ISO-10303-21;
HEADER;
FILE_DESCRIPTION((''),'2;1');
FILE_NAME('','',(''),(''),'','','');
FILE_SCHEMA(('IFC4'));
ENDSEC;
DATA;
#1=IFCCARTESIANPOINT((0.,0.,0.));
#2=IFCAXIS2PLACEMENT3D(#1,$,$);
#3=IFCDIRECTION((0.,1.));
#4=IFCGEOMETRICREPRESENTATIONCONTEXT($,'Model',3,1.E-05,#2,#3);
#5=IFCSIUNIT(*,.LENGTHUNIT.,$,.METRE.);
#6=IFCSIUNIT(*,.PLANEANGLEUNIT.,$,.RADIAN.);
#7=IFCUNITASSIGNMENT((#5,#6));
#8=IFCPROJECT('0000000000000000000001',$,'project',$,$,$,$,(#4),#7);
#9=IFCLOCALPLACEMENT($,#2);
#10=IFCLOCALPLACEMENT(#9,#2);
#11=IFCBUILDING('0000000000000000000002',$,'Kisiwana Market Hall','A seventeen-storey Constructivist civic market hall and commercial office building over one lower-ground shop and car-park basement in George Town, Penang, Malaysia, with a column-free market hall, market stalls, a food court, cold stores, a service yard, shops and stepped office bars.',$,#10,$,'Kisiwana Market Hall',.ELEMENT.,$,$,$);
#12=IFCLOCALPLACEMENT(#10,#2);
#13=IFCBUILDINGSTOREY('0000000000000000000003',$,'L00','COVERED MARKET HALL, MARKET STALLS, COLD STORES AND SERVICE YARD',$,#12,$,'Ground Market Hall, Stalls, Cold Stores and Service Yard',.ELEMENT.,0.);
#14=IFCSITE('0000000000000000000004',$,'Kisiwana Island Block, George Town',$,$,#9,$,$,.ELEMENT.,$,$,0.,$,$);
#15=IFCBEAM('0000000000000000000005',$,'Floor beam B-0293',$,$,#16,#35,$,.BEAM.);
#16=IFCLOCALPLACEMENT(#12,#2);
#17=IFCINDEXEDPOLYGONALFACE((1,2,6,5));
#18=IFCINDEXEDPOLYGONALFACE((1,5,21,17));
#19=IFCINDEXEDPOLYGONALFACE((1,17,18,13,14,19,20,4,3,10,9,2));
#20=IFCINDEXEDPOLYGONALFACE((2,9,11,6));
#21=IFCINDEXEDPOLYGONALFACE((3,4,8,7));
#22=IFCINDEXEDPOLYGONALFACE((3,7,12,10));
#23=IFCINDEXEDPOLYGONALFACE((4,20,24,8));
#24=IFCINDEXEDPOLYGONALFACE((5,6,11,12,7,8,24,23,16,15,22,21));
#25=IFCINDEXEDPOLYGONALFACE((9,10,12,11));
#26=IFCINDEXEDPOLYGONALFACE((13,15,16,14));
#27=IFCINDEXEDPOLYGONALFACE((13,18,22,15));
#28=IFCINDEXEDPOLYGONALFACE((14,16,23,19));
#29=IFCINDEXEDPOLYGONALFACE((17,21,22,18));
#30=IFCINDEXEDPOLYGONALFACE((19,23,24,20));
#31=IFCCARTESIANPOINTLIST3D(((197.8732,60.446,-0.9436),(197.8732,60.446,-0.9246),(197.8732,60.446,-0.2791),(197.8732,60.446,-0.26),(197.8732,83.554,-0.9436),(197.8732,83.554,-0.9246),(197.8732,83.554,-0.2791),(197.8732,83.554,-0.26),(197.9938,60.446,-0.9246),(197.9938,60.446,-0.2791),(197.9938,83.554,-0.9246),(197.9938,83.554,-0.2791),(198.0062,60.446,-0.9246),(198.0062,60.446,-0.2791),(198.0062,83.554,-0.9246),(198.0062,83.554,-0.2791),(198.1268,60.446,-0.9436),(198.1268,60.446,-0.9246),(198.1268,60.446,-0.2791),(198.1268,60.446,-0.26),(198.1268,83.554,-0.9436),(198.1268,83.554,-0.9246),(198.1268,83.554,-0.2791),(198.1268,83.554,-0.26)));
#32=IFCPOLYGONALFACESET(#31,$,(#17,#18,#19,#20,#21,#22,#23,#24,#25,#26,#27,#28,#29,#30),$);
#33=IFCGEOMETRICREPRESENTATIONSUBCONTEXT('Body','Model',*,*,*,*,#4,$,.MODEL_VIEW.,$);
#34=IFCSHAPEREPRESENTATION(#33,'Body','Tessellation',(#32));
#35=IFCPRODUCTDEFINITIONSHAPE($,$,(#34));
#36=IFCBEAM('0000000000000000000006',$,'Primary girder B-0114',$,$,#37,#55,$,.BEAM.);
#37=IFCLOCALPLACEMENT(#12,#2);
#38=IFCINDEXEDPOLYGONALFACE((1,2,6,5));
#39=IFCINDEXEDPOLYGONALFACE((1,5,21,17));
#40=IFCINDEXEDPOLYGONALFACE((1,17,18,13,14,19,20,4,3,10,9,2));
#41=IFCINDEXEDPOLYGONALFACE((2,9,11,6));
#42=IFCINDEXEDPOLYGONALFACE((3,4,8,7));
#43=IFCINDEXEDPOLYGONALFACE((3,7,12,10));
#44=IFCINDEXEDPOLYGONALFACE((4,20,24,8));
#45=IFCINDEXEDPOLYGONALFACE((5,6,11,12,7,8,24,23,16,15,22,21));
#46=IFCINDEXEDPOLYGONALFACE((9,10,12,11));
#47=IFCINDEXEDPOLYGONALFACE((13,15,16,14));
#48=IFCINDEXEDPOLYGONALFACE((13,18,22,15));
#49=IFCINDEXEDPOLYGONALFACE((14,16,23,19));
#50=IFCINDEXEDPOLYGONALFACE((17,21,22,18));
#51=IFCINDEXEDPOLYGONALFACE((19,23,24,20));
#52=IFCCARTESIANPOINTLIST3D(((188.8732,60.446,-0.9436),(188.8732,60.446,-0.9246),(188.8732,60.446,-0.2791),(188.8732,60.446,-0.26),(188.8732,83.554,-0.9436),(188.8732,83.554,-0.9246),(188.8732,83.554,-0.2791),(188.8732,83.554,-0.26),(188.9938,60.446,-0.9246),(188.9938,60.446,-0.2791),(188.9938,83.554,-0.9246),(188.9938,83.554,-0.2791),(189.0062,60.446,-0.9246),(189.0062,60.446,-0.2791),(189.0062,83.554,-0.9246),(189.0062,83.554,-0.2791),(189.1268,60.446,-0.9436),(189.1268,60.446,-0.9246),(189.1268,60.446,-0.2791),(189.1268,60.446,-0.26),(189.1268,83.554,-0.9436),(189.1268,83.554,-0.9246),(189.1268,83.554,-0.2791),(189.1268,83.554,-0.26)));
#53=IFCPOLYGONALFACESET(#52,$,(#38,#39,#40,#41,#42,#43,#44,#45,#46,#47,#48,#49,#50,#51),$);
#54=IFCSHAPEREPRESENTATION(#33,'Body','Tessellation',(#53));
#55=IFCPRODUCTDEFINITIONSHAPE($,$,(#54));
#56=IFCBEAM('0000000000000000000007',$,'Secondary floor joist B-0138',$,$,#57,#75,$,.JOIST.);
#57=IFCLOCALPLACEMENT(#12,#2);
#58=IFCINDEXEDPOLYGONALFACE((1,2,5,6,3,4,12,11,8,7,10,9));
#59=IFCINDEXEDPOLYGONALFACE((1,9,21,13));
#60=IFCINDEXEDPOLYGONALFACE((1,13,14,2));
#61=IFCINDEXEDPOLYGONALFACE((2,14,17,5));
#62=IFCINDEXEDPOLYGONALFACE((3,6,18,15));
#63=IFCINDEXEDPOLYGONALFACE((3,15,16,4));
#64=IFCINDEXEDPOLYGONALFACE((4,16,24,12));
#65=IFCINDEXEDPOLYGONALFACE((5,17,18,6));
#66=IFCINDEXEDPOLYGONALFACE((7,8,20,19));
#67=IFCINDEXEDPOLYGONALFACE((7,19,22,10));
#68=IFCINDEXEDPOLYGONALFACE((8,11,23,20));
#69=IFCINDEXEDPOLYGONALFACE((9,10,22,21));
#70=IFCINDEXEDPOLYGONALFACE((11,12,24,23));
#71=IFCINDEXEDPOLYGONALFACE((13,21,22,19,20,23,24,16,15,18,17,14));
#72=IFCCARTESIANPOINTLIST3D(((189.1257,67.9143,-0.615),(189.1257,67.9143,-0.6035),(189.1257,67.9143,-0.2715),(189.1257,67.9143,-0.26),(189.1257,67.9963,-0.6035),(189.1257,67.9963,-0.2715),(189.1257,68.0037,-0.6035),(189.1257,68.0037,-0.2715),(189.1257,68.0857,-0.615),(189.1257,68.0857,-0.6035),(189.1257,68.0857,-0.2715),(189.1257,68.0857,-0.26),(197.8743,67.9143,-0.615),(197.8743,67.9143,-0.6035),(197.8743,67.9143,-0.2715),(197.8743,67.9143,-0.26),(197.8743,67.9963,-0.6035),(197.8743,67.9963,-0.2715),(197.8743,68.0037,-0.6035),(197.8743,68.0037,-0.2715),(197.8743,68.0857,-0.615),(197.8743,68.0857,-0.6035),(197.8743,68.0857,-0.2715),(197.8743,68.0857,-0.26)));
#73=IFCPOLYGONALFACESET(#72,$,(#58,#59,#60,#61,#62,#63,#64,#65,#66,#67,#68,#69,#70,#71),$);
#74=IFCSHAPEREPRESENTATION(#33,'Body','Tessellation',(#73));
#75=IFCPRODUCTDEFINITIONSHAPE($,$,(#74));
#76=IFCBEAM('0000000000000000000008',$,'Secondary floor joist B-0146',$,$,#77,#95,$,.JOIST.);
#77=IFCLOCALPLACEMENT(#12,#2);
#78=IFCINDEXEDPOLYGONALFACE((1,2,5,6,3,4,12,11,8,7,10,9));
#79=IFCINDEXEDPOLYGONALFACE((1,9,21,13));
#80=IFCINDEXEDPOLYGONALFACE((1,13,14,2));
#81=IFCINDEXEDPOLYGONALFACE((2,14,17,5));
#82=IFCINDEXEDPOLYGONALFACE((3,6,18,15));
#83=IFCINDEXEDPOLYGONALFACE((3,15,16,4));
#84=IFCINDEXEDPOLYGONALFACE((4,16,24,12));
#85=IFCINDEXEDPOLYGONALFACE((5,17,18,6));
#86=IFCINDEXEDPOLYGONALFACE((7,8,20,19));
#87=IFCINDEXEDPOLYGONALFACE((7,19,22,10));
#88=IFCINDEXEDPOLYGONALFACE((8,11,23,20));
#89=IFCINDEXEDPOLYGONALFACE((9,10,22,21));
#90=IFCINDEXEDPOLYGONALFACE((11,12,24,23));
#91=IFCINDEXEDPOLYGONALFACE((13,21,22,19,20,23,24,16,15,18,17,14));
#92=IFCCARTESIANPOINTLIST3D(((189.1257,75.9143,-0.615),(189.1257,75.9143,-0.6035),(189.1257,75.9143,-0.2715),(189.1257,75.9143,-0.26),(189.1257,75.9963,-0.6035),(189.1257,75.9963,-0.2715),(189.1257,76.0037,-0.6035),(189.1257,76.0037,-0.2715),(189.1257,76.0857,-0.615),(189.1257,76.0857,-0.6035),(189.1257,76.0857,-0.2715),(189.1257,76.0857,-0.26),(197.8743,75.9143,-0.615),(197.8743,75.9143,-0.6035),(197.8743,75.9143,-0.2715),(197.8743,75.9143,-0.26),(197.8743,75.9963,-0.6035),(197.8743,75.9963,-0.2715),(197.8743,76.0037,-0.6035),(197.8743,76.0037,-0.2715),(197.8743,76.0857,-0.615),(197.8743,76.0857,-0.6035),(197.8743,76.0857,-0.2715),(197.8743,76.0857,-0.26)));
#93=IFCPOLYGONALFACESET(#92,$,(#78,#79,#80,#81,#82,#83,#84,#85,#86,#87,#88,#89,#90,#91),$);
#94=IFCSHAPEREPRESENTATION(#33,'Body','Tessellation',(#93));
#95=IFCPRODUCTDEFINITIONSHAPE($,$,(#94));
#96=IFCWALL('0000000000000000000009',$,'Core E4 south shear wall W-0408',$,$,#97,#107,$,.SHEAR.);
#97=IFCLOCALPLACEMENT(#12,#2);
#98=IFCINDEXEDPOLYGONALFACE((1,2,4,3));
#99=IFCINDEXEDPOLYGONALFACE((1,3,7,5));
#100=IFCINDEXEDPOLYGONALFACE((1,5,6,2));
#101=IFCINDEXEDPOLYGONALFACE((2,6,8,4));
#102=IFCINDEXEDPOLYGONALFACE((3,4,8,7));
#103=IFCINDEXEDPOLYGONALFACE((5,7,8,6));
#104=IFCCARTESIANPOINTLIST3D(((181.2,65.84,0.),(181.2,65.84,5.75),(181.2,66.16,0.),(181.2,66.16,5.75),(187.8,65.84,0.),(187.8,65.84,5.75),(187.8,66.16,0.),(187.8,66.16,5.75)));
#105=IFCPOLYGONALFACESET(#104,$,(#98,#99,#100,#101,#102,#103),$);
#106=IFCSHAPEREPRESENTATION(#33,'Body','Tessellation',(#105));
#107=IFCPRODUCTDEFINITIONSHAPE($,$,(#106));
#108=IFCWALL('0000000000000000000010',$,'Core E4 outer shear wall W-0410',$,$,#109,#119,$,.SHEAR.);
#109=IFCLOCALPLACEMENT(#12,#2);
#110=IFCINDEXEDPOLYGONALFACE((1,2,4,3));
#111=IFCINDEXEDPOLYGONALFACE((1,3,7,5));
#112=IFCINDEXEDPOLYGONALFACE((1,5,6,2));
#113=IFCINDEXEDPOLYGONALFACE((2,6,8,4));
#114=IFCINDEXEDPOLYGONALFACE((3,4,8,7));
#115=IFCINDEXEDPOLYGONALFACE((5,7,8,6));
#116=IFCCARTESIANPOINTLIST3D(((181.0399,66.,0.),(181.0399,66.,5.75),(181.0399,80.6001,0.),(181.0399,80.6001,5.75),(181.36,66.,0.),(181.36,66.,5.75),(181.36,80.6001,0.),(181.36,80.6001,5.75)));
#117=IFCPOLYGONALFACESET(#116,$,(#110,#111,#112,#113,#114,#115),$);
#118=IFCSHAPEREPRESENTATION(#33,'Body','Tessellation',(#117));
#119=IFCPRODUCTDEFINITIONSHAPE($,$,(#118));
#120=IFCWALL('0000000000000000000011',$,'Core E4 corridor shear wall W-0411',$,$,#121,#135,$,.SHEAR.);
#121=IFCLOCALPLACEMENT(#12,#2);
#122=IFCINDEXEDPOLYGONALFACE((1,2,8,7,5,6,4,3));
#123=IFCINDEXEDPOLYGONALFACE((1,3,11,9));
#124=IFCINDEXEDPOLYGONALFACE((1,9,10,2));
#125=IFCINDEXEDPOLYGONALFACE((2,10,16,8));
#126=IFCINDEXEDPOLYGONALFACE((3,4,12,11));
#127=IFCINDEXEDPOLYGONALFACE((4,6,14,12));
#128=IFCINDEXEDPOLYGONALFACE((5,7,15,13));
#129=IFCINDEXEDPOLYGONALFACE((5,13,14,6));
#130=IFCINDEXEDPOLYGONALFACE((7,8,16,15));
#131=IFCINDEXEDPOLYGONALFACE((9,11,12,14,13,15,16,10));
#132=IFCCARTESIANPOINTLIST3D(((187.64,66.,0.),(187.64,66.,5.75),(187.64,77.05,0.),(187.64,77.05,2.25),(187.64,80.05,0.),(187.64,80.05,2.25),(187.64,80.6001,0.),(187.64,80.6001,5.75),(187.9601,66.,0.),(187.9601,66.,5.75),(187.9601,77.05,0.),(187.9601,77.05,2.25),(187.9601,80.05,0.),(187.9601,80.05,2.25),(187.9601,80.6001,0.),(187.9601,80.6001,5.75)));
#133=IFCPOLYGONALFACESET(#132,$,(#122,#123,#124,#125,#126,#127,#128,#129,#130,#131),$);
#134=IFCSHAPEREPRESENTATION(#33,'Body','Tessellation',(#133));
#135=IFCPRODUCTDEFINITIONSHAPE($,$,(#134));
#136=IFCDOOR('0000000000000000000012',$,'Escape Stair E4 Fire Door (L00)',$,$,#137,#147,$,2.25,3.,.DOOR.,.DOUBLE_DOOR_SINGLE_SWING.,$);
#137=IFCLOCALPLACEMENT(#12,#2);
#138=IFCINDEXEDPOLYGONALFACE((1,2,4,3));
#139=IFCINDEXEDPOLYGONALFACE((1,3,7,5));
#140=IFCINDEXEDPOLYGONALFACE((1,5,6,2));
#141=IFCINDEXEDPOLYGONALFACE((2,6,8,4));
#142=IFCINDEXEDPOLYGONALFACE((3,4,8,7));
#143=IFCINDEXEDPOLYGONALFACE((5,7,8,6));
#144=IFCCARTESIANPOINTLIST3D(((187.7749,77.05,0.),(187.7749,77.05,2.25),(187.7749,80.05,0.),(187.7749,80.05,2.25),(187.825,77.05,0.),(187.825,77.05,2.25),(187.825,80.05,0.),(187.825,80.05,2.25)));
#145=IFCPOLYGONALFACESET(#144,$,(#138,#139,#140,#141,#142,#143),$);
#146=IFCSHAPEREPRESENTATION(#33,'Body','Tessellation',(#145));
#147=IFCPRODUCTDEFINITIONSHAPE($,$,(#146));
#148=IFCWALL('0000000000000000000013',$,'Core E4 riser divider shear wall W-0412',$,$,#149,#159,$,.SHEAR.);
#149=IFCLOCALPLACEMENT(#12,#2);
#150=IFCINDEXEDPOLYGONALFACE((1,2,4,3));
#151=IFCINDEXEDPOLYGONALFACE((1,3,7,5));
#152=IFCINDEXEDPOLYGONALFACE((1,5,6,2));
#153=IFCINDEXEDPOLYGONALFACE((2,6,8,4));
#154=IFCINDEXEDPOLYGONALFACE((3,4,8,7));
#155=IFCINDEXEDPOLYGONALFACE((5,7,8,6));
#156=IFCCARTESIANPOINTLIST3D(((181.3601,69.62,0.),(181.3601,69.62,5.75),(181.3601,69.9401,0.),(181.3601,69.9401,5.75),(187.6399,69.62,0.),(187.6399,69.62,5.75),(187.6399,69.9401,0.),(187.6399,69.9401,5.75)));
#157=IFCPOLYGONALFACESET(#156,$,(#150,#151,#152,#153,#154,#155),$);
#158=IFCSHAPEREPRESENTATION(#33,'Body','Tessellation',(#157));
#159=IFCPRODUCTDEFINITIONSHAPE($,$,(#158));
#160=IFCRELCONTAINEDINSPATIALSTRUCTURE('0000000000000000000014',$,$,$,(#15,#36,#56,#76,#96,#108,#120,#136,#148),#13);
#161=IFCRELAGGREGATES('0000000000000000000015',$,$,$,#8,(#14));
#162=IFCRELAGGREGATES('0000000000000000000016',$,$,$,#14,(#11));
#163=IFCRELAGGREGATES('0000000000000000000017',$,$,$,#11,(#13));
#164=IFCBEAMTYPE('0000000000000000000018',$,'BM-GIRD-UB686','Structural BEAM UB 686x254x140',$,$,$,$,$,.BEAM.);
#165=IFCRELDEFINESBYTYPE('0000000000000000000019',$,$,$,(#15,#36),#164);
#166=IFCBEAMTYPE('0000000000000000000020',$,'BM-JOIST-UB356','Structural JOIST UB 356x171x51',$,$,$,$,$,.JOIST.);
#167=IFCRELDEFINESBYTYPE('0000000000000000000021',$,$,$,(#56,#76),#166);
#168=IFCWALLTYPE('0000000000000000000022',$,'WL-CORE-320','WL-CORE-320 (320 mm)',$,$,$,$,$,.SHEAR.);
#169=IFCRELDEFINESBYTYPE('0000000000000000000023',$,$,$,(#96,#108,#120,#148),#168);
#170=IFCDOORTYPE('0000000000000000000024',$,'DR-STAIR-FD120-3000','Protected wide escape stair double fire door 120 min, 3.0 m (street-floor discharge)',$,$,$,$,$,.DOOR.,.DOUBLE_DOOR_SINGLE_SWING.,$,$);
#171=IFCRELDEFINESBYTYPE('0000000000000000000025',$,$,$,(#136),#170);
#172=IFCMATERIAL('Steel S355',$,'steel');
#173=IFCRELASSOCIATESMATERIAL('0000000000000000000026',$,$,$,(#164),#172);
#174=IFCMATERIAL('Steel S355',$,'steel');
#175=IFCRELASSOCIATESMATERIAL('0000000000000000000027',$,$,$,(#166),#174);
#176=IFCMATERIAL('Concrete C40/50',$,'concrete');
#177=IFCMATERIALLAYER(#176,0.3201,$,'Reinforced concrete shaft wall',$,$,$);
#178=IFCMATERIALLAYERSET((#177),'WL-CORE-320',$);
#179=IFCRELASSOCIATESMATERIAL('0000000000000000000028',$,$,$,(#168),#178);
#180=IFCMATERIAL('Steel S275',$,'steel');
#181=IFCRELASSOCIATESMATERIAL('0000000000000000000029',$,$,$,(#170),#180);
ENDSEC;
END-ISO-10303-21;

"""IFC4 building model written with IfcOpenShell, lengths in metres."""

from ifc_helpers import new_model, si_unit, direction, frame, frame_2d, origin, origin_2d, place, context, subcontext, project, spatial, rectangle, i_section, extrude, material, layer, layer_set, material_profile, profile_set, type_object, element, fill, save


model = new_model("IFC4")

# Units and contexts
model_context = context("Model", 3, precision=1e-05, world=origin(), true_north=direction((0.0, 1.0)))
body_context = subcontext(model_context, "Body", "Model", "MODEL_VIEW")
ifc_project = project(units=[si_unit("LENGTHUNIT", "METRE"), si_unit("PLANEANGLEUNIT", "RADIAN")], contexts=[model_context])

# Site, building, storey
site_placement = place(None, origin())
site = spatial("IfcSite", under=ifc_project, at=site_placement, Name="Kisiwana Island Block, George Town", CompositionType="ELEMENT", RefElevation=0.0)
building_placement = place(site_placement, origin())
building = spatial("IfcBuilding", under=site, at=building_placement, Name="Kisiwana Market Hall", Description="A seventeen-storey Constructivist civic market hall and commercial office building over one lower-ground shop and car-park basement in George Town, Penang, Malaysia, with a column-free market hall, market stalls, a food court, cold stores, a service yard, shops and stepped office bars.", LongName="Kisiwana Market Hall", CompositionType="ELEMENT")
storey_placement = place(building_placement, origin())
storey = spatial("IfcBuildingStorey", under=building, at=storey_placement, Name="L00", Description="COVERED MARKET HALL, MARKET STALLS, COLD STORES AND SERVICE YARD", LongName="Ground Market Hall, Stalls, Cold Stores and Service Yard", CompositionType="ELEMENT", Elevation=0.0)

# Beams
ifc_material_1 = material(Name="Steel S355", Category="steel")
ifc_material_profile_1 = material_profile(ifc_material_1, i_section(OverallWidth=0.2537, OverallDepth=0.6836, WebThickness=0.0125, FlangeThickness=0.019, at=origin_2d()), Name="UB 686x254x140")
ifc_profile_set_1 = profile_set([ifc_material_profile_1], Name="Steel S355")
beam_type_1 = type_object("IfcBeamType", Name="BM-GIRD-UB686", Description="Structural BEAM UB 686x254x140", PredefinedType="BEAM", material=ifc_profile_set_1)
for number, where, z_axis, x_axis, name in (
    (1, (198.0, 60.446, -0.6018), (0.0, 1.0, 0.0), (-1.0, 0.0, 0.0), "Floor beam B-0293"),
    (2, (189.0, 60.446, -0.6018), (0.0, 1.0, 0.0), (-1.0, 0.0, 0.0), "Primary girder B-0114"),
):
    element("IfcBeam", number, at=place(storey_placement, frame(where, z_axis=z_axis, x_axis=x_axis)), inside=storey, type_object=beam_type_1, Name=name, PredefinedType="BEAM", context=body_context, shape_type="SweptSolid", body=[
        extrude(i_section(OverallWidth=0.2537, OverallDepth=0.6836, WebThickness=0.0125, FlangeThickness=0.019, at=origin_2d()), origin(), (0.0, 0.0, 1.0), 23.1079),
    ])
ifc_material_2 = material(Name="Steel S355", Category="steel")
ifc_material_profile_2 = material_profile(ifc_material_2, i_section(OverallWidth=0.1714, OverallDepth=0.355, WebThickness=0.0073, FlangeThickness=0.0115, at=origin_2d()), Name="UB 356x171x51")
ifc_profile_set_2 = profile_set([ifc_material_profile_2], Name="Steel S355")
beam_type_2 = type_object("IfcBeamType", Name="BM-JOIST-UB356", Description="Structural JOIST UB 356x171x51", PredefinedType="JOIST", material=ifc_profile_set_2)
for number, where, z_axis, x_axis, name in (
    (3, (189.1257, 68.0, -0.4375), (1.0, 0.0, 0.0), (0.0, 1.0, 0.0), "Secondary floor joist B-0138"),
    (4, (189.1257, 76.0, -0.4375), (1.0, 0.0, 0.0), (0.0, 1.0, 0.0), "Secondary floor joist B-0146"),
):
    element("IfcBeam", number, at=place(storey_placement, frame(where, z_axis=z_axis, x_axis=x_axis)), inside=storey, type_object=beam_type_2, Name=name, PredefinedType="JOIST", context=body_context, shape_type="SweptSolid", body=[
        extrude(i_section(OverallWidth=0.1714, OverallDepth=0.355, WebThickness=0.0073, FlangeThickness=0.0115, at=origin_2d()), origin(), (0.0, 0.0, 1.0), 8.7485),
    ])

# Walls
ifc_material_3 = material(Name="Concrete C40/50", Category="concrete")
ifc_layer_1 = layer(ifc_material_3, 0.3201, Name="Reinforced concrete shaft wall")
ifc_layer_set_1 = layer_set([ifc_layer_1], Name="WL-CORE-320")
wall_type_1 = type_object("IfcWallType", Name="WL-CORE-320", Description="WL-CORE-320 (320 mm)", PredefinedType="SHEAR", material=ifc_layer_set_1)
wall_1_placement = place(storey_placement, frame((181.2, 66.0, 0.0), z_axis=(0.0, 0.0, 1.0), x_axis=(1.0, 0.0, 0.0)))
element("IfcWall", 5, at=wall_1_placement, inside=storey, type_object=wall_type_1, Name="Core E4 south shear wall W-0408", PredefinedType="SHEAR", context=body_context, shape_type="SweptSolid", body=[
    extrude(rectangle(XDim=6.6001, YDim=0.3201, at=frame_2d((3.3, 0.0))), origin(), (0.0, 0.0, 1.0), 5.75),
])
wall_2_placement = place(storey_placement, frame((181.2, 66.0, 0.0), z_axis=(0.0, 0.0, 1.0), x_axis=(0.0, 1.0, 0.0)))
element("IfcWall", 6, at=wall_2_placement, inside=storey, type_object=wall_type_1, Name="Core E4 outer shear wall W-0410", PredefinedType="SHEAR", context=body_context, shape_type="SweptSolid", body=[
    extrude(rectangle(XDim=14.6001, YDim=0.3201, at=frame_2d((7.3, 0.0))), origin(), (0.0, 0.0, 1.0), 5.75),
])

# Wall, opening, door
wall_3_placement = place(storey_placement, frame((187.8, 66.0, 0.0), z_axis=(0.0, 0.0, 1.0), x_axis=(0.0, 1.0, 0.0)))
wall_3 = element("IfcWall", 7, at=wall_3_placement, inside=storey, type_object=wall_type_1, Name="Core E4 corridor shear wall W-0411", PredefinedType="SHEAR", context=body_context, shape_type="SweptSolid", body=[
    extrude(rectangle(XDim=14.6001, YDim=0.3201, at=frame_2d((7.3, 0.0))), origin(), (0.0, 0.0, 1.0), 5.75),
])
opening_1_placement = place(wall_3_placement, frame((11.05, 0.0, 0.0)))
opening_1 = element("IfcOpeningElement", 8, at=opening_1_placement, cuts=wall_3, PredefinedType="OPENING", context=body_context, shape_type="SweptSolid", body=[
    extrude(rectangle(XDim=3.0, YDim=2.25, at=frame_2d((1.5, 1.125))), frame((0.0, 0.1719, 0.0), z_axis=(0.0, -1.0, 0.0), x_axis=(1.0, 0.0, 0.0)), (0.0, 0.0, 1.0), 0.344),
])
ifc_material_4 = material(Name="Steel S275", Category="steel")
door_type_1 = type_object("IfcDoorType", Name="DR-STAIR-FD120-3000", Description="Protected wide escape stair double fire door 120 min, 3.0 m (street-floor discharge)", OperationType="DOUBLE_DOOR_SINGLE_SWING", PredefinedType="DOOR", material=ifc_material_4)
door_1_placement = place(opening_1_placement, frame((3.0, 0.0, 0.0), z_axis=(0.0, 0.0, 1.0), x_axis=(-1.0, 0.0, 0.0)))
door_1 = element("IfcDoor", 9, at=door_1_placement, inside=storey, type_object=door_type_1, Name="Escape Stair E4 Fire Door (L00)", OperationType="DOUBLE_DOOR_SINGLE_SWING", OverallHeight=2.25, OverallWidth=3.0, PredefinedType="DOOR", context=body_context, shape_type="SweptSolid", body=[
    extrude(rectangle(XDim=3.0, YDim=2.25, at=frame_2d((1.5, 1.125))), frame((0.0, 0.0249, 0.0), z_axis=(0.0, -1.0, 0.0), x_axis=(1.0, 0.0, 0.0)), (0.0, 0.0, 1.0), 0.05),
])
fill(opening_1, door_1)

# Wall
wall_4_placement = place(storey_placement, frame((181.3601, 69.78, 0.0), z_axis=(0.0, 0.0, 1.0), x_axis=(1.0, 0.0, 0.0)))
element("IfcWall", 10, at=wall_4_placement, inside=storey, type_object=wall_type_1, Name="Core E4 riser divider shear wall W-0412", PredefinedType="SHEAR", context=body_context, shape_type="SweptSolid", body=[
    extrude(rectangle(XDim=6.2798, YDim=0.3201, at=frame_2d((3.1399, 0.0))), origin(), (0.0, 0.0, 1.0), 5.75),
])

save(model, "model.ifc")
